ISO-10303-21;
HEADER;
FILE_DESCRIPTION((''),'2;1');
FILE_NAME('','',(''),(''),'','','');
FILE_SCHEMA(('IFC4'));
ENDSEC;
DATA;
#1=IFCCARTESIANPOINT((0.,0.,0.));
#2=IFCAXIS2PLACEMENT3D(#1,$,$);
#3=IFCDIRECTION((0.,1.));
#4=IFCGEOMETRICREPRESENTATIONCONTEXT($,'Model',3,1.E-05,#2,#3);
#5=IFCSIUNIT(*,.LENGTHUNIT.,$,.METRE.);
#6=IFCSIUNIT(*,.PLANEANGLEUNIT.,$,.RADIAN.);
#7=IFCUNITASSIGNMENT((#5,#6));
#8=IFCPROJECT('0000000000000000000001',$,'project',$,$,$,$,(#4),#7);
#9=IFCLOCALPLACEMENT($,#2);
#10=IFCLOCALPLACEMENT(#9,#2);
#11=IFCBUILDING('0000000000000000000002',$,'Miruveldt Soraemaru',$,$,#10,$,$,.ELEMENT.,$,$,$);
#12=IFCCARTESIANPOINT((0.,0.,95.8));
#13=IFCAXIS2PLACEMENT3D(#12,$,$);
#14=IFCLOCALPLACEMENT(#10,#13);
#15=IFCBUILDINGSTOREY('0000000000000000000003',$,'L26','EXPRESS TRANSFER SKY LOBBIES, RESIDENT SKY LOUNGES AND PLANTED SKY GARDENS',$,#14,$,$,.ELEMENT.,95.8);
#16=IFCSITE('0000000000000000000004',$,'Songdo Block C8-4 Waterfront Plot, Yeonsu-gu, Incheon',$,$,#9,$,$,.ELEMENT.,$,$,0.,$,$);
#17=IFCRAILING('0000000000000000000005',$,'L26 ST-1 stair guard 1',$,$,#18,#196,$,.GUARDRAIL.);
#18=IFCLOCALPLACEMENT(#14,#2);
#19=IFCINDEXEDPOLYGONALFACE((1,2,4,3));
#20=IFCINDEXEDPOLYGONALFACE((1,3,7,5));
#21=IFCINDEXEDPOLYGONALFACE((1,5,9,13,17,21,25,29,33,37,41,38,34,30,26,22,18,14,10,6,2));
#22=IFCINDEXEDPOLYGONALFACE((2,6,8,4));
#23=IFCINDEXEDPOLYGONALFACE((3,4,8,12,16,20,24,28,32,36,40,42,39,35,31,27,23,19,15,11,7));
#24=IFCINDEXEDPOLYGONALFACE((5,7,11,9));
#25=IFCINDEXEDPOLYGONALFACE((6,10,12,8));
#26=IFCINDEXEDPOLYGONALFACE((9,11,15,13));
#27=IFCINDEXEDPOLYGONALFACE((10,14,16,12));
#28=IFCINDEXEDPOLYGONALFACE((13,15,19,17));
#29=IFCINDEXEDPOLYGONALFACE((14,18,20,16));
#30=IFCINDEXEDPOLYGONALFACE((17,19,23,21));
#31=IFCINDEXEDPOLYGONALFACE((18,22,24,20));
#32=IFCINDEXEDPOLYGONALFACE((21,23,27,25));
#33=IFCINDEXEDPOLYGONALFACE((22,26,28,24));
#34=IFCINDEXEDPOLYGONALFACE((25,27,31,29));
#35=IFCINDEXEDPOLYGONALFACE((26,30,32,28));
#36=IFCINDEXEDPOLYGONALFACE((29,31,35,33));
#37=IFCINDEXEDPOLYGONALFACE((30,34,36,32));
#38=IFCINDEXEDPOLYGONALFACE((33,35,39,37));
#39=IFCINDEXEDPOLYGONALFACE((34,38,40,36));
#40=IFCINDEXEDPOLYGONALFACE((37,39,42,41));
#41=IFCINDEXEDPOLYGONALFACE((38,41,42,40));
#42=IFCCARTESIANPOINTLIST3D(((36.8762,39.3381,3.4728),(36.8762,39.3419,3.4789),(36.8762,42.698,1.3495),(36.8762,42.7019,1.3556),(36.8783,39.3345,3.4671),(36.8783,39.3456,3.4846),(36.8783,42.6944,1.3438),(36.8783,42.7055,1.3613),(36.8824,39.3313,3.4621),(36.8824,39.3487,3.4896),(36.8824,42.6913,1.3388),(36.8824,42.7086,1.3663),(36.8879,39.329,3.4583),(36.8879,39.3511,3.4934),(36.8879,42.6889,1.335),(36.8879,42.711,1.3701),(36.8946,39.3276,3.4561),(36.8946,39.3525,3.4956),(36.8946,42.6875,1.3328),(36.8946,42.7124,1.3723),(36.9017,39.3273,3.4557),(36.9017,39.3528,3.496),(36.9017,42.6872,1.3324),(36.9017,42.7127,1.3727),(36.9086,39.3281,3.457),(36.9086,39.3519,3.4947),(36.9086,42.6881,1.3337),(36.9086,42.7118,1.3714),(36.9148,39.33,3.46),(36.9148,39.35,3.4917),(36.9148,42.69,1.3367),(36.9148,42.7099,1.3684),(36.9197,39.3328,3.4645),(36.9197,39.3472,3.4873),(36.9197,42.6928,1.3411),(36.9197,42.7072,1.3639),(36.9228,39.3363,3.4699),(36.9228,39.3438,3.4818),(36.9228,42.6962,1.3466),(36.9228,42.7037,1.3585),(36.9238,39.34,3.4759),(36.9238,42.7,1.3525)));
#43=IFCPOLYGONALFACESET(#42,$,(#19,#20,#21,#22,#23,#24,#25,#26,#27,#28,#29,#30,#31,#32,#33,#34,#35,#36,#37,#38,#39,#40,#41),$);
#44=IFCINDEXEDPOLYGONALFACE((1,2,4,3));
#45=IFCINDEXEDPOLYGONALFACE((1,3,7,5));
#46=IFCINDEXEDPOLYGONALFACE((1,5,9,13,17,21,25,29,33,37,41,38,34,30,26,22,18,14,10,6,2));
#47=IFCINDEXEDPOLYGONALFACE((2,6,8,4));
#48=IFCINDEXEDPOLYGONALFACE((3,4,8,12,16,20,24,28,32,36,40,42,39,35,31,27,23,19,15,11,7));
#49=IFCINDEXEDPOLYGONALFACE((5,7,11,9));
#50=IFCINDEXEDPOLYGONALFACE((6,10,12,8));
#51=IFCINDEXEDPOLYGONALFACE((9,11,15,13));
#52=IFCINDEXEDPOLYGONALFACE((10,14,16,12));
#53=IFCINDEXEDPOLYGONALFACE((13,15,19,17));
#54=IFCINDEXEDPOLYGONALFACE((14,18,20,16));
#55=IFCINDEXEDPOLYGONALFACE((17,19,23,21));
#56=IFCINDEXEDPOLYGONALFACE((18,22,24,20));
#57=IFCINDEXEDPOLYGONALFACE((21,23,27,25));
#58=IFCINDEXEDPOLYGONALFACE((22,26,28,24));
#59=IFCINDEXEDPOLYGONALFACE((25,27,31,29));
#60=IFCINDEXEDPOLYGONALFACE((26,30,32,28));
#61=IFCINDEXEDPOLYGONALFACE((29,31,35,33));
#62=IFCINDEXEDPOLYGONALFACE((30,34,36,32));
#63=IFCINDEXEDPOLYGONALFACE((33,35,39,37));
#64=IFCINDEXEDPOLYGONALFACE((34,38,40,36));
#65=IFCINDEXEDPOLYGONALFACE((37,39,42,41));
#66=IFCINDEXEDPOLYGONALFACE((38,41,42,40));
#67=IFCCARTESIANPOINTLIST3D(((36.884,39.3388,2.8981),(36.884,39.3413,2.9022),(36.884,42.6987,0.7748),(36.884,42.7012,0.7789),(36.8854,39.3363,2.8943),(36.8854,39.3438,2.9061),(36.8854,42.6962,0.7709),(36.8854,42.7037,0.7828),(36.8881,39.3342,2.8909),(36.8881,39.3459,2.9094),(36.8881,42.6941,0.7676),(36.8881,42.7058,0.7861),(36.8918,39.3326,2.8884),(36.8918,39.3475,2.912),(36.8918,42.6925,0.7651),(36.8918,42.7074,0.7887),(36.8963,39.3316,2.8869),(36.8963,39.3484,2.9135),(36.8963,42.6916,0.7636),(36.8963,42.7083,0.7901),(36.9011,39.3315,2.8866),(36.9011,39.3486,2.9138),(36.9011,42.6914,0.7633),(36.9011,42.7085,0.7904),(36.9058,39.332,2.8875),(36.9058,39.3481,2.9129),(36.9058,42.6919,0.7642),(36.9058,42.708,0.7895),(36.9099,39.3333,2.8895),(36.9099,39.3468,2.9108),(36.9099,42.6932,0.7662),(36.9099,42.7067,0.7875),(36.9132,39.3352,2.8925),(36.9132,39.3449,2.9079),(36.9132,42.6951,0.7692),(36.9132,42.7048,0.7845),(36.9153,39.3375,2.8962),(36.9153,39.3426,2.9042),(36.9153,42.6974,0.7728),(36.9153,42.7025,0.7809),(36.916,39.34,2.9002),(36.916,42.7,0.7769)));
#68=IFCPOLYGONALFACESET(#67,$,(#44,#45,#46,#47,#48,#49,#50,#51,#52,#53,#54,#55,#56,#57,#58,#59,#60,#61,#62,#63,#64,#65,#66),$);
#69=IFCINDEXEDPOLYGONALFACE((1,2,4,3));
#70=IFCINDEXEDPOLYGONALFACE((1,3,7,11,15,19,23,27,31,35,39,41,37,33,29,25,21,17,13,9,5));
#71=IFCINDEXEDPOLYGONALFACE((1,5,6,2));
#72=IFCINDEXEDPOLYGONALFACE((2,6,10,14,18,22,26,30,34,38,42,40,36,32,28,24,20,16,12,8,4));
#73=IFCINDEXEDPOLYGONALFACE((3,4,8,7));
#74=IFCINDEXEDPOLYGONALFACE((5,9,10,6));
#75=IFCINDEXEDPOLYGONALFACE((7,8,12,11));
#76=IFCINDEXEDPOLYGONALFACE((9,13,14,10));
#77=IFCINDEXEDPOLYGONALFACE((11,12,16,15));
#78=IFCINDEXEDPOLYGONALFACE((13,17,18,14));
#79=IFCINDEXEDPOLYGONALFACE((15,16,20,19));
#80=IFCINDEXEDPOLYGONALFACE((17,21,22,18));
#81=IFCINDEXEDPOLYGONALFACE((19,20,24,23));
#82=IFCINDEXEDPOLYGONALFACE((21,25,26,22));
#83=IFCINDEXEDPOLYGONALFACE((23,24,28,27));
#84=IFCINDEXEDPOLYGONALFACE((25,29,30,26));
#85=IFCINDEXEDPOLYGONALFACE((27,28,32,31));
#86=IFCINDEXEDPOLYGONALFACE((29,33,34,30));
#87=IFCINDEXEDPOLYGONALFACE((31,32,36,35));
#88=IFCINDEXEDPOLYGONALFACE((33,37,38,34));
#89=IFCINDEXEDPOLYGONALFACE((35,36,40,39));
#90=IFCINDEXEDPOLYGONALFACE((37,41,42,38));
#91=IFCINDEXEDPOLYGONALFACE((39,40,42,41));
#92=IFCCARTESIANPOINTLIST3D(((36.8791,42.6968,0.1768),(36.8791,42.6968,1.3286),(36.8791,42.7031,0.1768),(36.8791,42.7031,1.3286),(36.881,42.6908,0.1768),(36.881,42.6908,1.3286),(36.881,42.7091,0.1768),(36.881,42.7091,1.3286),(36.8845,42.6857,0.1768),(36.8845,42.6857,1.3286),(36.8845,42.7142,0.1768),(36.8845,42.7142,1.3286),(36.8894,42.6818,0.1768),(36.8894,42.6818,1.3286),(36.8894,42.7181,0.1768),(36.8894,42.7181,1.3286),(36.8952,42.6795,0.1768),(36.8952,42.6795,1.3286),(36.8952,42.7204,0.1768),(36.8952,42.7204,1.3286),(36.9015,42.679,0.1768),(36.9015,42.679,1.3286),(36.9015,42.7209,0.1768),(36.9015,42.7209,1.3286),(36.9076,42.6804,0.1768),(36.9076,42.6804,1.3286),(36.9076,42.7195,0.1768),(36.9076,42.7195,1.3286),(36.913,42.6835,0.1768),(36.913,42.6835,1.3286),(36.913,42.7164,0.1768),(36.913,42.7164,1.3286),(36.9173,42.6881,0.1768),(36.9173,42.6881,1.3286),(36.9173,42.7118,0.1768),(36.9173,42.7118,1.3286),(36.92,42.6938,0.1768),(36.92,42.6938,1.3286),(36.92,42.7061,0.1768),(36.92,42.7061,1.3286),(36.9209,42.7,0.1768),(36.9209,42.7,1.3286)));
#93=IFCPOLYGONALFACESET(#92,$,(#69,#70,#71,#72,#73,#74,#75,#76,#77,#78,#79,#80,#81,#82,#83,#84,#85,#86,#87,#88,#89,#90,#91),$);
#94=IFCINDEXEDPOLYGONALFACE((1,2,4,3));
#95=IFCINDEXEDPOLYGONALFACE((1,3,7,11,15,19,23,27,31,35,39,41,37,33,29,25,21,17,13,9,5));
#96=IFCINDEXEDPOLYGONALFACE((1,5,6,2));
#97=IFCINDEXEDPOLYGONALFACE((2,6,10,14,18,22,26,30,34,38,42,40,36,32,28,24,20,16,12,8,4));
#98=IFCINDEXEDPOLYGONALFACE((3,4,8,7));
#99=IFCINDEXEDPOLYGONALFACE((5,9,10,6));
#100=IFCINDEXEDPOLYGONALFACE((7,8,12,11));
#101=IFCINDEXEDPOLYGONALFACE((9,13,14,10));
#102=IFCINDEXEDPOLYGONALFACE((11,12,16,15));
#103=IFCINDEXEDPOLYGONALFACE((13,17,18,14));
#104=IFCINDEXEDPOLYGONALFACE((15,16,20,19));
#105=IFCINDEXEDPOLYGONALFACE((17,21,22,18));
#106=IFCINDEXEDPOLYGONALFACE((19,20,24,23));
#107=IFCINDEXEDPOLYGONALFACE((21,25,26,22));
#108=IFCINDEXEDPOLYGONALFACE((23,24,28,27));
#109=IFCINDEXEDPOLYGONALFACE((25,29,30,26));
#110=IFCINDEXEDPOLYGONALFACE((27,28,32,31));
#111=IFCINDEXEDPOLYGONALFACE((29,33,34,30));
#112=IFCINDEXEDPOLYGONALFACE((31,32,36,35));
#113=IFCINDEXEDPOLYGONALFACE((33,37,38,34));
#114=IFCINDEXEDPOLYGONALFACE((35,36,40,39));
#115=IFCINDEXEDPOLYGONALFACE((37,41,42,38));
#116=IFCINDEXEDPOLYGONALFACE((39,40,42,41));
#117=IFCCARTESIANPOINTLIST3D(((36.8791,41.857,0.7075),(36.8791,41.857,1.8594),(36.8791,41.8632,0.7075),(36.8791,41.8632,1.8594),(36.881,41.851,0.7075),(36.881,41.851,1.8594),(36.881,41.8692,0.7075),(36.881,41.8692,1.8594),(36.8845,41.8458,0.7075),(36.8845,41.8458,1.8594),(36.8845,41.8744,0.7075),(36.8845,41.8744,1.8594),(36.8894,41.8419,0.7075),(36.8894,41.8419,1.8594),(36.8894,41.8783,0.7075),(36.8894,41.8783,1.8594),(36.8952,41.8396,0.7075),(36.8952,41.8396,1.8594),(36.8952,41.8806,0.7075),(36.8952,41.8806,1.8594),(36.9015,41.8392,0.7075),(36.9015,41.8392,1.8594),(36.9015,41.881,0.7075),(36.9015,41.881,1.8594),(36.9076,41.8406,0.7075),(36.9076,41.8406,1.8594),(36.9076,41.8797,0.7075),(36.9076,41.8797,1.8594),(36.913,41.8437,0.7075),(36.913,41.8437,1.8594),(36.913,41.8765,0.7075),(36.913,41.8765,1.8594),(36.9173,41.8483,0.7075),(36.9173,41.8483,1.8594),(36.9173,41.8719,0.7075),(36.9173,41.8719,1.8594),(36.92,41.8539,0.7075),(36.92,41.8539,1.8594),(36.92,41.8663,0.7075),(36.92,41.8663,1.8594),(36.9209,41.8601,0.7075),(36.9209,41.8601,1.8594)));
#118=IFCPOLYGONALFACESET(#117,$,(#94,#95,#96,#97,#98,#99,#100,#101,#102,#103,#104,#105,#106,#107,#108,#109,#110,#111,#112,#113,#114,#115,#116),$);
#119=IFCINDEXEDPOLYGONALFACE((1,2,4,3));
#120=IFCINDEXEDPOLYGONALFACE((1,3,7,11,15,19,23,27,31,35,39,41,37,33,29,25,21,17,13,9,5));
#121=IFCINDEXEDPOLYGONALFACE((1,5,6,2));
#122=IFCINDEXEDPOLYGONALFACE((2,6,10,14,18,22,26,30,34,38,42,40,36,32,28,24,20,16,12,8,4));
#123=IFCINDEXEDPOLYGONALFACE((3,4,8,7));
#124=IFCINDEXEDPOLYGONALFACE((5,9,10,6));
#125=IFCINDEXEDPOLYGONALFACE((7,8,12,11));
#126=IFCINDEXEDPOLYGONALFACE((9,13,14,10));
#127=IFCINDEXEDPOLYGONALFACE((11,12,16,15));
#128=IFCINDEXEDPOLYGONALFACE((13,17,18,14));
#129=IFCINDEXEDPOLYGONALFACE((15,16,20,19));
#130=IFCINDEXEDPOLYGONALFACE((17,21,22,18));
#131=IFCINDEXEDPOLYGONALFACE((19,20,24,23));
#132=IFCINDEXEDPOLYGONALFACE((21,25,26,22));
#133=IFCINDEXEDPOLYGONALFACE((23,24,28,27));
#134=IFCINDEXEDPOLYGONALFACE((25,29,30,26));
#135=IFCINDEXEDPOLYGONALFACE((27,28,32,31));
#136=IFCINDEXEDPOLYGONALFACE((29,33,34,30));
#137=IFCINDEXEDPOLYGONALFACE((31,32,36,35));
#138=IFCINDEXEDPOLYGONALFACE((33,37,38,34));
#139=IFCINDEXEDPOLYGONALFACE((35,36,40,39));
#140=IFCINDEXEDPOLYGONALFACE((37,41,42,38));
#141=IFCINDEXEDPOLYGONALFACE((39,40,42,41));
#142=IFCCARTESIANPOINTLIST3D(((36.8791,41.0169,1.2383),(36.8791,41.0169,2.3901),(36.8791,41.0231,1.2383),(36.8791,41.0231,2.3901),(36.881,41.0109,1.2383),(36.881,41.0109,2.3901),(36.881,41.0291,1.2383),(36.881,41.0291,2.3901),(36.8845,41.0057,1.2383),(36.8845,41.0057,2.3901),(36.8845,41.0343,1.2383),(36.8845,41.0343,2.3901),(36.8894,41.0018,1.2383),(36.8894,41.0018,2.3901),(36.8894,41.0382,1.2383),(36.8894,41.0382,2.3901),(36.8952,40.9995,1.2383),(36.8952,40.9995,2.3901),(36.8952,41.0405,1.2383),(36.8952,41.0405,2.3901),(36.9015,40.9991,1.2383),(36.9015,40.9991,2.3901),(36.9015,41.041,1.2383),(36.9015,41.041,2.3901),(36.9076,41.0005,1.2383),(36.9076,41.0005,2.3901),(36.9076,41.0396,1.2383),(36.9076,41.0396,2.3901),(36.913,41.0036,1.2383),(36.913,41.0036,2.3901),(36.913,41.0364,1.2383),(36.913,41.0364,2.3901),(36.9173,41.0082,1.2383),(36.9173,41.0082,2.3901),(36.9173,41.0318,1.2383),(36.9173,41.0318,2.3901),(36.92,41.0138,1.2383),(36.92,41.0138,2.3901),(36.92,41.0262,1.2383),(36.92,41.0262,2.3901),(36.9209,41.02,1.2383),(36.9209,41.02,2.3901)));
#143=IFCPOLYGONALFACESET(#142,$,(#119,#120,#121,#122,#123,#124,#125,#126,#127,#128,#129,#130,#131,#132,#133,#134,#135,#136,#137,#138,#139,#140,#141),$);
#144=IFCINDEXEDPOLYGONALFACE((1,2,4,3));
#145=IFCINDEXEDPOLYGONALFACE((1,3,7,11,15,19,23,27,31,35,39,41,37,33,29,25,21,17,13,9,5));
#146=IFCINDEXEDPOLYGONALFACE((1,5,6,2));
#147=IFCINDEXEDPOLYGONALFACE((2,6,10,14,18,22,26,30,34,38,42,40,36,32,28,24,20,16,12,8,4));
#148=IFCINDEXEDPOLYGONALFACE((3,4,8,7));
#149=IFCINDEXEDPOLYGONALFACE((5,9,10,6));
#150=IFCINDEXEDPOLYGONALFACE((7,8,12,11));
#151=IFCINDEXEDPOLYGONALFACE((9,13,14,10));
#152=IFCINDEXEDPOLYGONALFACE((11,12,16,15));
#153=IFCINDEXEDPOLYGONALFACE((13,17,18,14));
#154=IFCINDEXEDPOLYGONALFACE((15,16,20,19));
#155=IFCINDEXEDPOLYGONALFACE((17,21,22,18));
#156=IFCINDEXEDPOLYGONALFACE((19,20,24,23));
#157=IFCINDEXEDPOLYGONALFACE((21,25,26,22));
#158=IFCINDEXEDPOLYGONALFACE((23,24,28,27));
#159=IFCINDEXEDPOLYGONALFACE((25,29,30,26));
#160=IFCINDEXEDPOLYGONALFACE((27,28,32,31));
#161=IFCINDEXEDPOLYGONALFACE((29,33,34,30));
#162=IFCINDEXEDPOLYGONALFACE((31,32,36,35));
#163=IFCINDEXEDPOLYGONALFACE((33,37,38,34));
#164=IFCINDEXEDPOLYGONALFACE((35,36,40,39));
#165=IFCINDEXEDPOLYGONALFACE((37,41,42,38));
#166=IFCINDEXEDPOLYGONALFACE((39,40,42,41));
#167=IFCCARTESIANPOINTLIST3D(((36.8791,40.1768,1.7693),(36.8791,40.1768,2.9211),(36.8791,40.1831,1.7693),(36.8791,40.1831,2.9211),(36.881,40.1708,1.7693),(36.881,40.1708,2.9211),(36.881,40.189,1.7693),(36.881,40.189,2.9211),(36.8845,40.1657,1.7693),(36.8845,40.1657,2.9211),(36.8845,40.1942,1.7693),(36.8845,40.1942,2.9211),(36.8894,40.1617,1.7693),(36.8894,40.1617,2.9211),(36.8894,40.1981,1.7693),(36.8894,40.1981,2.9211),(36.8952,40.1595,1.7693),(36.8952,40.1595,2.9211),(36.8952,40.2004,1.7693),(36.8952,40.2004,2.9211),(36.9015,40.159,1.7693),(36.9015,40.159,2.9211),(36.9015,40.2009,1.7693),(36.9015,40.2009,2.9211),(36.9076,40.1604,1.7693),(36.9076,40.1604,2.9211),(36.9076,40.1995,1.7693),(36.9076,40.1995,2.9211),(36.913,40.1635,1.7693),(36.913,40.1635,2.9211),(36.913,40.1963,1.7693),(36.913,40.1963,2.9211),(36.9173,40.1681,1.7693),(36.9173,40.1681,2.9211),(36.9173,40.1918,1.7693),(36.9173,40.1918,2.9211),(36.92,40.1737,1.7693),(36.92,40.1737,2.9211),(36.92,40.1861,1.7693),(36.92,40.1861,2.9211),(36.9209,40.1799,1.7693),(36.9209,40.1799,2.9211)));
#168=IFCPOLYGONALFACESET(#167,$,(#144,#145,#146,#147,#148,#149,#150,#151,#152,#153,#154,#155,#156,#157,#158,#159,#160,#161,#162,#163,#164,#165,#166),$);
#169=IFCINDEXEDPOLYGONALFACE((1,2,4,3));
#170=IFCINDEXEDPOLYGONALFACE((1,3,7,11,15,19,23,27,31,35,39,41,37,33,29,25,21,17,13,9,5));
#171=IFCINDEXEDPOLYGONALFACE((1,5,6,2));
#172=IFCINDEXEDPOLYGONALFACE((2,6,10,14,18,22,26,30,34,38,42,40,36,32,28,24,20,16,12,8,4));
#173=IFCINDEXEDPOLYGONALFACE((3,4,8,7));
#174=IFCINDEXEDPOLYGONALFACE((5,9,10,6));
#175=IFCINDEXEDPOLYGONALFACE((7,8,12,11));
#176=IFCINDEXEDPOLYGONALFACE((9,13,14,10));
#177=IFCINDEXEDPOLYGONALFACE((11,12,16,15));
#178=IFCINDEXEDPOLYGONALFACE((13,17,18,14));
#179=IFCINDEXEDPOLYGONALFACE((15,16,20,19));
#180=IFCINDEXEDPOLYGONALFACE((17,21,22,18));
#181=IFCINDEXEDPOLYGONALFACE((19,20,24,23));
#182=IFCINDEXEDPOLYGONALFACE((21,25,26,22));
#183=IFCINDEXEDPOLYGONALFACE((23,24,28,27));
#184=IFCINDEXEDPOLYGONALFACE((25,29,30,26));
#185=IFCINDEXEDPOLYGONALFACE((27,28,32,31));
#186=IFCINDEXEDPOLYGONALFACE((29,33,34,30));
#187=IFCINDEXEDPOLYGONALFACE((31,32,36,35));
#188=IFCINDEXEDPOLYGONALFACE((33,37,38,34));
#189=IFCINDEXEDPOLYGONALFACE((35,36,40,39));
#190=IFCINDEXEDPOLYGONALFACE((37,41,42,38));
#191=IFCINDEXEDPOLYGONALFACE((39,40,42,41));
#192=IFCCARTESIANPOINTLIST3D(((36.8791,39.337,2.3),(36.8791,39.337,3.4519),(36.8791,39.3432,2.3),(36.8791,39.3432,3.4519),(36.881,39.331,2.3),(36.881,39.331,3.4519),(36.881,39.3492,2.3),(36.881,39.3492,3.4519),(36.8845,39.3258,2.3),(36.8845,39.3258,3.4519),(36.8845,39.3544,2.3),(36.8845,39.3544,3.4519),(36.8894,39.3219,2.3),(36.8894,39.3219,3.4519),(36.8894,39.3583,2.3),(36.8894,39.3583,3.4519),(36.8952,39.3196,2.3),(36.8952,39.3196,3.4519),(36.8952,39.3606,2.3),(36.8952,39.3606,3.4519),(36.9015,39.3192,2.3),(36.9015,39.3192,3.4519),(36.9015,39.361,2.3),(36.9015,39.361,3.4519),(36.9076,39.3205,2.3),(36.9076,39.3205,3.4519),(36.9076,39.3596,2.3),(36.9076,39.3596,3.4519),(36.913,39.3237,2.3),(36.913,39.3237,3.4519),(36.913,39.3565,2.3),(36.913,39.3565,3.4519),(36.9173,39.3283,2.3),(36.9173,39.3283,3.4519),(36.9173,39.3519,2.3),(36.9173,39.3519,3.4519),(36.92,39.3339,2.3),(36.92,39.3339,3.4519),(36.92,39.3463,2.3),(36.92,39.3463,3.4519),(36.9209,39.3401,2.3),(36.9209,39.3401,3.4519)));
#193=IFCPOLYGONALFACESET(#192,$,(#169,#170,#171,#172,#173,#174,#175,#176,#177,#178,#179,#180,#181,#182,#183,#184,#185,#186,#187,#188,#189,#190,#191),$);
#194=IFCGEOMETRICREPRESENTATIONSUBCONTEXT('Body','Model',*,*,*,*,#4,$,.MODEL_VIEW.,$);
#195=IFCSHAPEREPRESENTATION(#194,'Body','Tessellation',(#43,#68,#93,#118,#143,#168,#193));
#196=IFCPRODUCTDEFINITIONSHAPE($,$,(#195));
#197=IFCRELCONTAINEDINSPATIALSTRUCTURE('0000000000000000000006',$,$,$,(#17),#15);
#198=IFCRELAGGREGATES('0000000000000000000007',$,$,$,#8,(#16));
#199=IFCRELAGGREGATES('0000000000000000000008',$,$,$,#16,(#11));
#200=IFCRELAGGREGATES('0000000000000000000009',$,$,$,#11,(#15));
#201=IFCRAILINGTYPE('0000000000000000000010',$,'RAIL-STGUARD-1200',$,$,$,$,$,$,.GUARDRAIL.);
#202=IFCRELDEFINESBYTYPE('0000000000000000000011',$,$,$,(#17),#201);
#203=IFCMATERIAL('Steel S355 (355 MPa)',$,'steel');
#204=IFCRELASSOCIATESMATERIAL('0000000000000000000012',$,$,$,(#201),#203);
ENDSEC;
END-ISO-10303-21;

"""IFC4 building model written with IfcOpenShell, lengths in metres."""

from ifc_helpers import new_model, si_unit, direction, frame, origin, origin_2d, place, context, subcontext, project, spatial, circle, extrude, material, type_object, element, save


model = new_model("IFC4")

# Units and contexts
model_context = context("Model", 3, precision=1e-05, world=origin(), true_north=direction((0.0, 1.0)))
body_context = subcontext(model_context, "Body", "Model", "MODEL_VIEW")
ifc_project = project(units=[si_unit("LENGTHUNIT", "METRE"), si_unit("PLANEANGLEUNIT", "RADIAN")], contexts=[model_context])

# Site, building, storey
site_placement = place(None, origin())
site = spatial("IfcSite", under=ifc_project, at=site_placement, Name="Songdo Block C8-4 Waterfront Plot, Yeonsu-gu, Incheon", CompositionType="ELEMENT", RefElevation=0.0)
building_placement = place(site_placement, origin())
building = spatial("IfcBuilding", under=site, at=building_placement, Name="Miruveldt Soraemaru", CompositionType="ELEMENT")
storey_placement = place(building_placement, frame((0.0, 0.0, 95.8)))
storey = spatial("IfcBuildingStorey", under=building, at=storey_placement, Name="L26", Description="EXPRESS TRANSFER SKY LOBBIES, RESIDENT SKY LOUNGES AND PLANTED SKY GARDENS", CompositionType="ELEMENT", Elevation=95.8)

# Railing
ifc_material_1 = material(Name="Steel S355 (355 MPa)", Category="steel")
railing_type_1 = type_object("IfcRailingType", Name="RAIL-STGUARD-1200", PredefinedType="GUARDRAIL", material=ifc_material_1)
railing_1_placement = place(storey_placement, frame((36.8999, 42.7, 0.1768)))
element("IfcRailing", 1, at=railing_1_placement, inside=storey, type_object=railing_type_1, Name="L26 ST-1 stair guard 1", PredefinedType="GUARDRAIL", context=body_context, shape_type="SweptSolid", body=[
    extrude(circle(Radius=0.0239, at=origin_2d()), frame((0.0, 0.0, 1.1758), z_axis=(0.0, -0.845344, 0.534222), x_axis=(1.0, 0.0, 0.0)), (0.0, 0.0, 1.0), 3.9746),
    extrude(circle(Radius=0.0161, at=origin_2d()), frame((0.0, 0.0, 0.6001), z_axis=(0.0, -0.845344, 0.534222), x_axis=(1.0, 0.0, 0.0)), (0.0, 0.0, 1.0), 3.9746),
    extrude(circle(Radius=0.021, at=origin_2d()), origin(), (0.0, 0.0, 1.0), 1.1519),
    extrude(circle(Radius=0.021, at=origin_2d()), frame((0.0, -0.8398, 0.5308)), (0.0, 0.0, 1.0), 1.1519),
    extrude(circle(Radius=0.021, at=origin_2d()), frame((0.0, -1.6799, 1.0615)), (0.0, 0.0, 1.0), 1.1519),
    extrude(circle(Radius=0.021, at=origin_2d()), frame((0.0, -2.52, 1.5925)), (0.0, 0.0, 1.0), 1.1519),
    extrude(circle(Radius=0.021, at=origin_2d()), frame((0.0, -3.3599, 2.1233)), (0.0, 0.0, 1.0), 1.1519),
])

save(model, "model.ifc")
